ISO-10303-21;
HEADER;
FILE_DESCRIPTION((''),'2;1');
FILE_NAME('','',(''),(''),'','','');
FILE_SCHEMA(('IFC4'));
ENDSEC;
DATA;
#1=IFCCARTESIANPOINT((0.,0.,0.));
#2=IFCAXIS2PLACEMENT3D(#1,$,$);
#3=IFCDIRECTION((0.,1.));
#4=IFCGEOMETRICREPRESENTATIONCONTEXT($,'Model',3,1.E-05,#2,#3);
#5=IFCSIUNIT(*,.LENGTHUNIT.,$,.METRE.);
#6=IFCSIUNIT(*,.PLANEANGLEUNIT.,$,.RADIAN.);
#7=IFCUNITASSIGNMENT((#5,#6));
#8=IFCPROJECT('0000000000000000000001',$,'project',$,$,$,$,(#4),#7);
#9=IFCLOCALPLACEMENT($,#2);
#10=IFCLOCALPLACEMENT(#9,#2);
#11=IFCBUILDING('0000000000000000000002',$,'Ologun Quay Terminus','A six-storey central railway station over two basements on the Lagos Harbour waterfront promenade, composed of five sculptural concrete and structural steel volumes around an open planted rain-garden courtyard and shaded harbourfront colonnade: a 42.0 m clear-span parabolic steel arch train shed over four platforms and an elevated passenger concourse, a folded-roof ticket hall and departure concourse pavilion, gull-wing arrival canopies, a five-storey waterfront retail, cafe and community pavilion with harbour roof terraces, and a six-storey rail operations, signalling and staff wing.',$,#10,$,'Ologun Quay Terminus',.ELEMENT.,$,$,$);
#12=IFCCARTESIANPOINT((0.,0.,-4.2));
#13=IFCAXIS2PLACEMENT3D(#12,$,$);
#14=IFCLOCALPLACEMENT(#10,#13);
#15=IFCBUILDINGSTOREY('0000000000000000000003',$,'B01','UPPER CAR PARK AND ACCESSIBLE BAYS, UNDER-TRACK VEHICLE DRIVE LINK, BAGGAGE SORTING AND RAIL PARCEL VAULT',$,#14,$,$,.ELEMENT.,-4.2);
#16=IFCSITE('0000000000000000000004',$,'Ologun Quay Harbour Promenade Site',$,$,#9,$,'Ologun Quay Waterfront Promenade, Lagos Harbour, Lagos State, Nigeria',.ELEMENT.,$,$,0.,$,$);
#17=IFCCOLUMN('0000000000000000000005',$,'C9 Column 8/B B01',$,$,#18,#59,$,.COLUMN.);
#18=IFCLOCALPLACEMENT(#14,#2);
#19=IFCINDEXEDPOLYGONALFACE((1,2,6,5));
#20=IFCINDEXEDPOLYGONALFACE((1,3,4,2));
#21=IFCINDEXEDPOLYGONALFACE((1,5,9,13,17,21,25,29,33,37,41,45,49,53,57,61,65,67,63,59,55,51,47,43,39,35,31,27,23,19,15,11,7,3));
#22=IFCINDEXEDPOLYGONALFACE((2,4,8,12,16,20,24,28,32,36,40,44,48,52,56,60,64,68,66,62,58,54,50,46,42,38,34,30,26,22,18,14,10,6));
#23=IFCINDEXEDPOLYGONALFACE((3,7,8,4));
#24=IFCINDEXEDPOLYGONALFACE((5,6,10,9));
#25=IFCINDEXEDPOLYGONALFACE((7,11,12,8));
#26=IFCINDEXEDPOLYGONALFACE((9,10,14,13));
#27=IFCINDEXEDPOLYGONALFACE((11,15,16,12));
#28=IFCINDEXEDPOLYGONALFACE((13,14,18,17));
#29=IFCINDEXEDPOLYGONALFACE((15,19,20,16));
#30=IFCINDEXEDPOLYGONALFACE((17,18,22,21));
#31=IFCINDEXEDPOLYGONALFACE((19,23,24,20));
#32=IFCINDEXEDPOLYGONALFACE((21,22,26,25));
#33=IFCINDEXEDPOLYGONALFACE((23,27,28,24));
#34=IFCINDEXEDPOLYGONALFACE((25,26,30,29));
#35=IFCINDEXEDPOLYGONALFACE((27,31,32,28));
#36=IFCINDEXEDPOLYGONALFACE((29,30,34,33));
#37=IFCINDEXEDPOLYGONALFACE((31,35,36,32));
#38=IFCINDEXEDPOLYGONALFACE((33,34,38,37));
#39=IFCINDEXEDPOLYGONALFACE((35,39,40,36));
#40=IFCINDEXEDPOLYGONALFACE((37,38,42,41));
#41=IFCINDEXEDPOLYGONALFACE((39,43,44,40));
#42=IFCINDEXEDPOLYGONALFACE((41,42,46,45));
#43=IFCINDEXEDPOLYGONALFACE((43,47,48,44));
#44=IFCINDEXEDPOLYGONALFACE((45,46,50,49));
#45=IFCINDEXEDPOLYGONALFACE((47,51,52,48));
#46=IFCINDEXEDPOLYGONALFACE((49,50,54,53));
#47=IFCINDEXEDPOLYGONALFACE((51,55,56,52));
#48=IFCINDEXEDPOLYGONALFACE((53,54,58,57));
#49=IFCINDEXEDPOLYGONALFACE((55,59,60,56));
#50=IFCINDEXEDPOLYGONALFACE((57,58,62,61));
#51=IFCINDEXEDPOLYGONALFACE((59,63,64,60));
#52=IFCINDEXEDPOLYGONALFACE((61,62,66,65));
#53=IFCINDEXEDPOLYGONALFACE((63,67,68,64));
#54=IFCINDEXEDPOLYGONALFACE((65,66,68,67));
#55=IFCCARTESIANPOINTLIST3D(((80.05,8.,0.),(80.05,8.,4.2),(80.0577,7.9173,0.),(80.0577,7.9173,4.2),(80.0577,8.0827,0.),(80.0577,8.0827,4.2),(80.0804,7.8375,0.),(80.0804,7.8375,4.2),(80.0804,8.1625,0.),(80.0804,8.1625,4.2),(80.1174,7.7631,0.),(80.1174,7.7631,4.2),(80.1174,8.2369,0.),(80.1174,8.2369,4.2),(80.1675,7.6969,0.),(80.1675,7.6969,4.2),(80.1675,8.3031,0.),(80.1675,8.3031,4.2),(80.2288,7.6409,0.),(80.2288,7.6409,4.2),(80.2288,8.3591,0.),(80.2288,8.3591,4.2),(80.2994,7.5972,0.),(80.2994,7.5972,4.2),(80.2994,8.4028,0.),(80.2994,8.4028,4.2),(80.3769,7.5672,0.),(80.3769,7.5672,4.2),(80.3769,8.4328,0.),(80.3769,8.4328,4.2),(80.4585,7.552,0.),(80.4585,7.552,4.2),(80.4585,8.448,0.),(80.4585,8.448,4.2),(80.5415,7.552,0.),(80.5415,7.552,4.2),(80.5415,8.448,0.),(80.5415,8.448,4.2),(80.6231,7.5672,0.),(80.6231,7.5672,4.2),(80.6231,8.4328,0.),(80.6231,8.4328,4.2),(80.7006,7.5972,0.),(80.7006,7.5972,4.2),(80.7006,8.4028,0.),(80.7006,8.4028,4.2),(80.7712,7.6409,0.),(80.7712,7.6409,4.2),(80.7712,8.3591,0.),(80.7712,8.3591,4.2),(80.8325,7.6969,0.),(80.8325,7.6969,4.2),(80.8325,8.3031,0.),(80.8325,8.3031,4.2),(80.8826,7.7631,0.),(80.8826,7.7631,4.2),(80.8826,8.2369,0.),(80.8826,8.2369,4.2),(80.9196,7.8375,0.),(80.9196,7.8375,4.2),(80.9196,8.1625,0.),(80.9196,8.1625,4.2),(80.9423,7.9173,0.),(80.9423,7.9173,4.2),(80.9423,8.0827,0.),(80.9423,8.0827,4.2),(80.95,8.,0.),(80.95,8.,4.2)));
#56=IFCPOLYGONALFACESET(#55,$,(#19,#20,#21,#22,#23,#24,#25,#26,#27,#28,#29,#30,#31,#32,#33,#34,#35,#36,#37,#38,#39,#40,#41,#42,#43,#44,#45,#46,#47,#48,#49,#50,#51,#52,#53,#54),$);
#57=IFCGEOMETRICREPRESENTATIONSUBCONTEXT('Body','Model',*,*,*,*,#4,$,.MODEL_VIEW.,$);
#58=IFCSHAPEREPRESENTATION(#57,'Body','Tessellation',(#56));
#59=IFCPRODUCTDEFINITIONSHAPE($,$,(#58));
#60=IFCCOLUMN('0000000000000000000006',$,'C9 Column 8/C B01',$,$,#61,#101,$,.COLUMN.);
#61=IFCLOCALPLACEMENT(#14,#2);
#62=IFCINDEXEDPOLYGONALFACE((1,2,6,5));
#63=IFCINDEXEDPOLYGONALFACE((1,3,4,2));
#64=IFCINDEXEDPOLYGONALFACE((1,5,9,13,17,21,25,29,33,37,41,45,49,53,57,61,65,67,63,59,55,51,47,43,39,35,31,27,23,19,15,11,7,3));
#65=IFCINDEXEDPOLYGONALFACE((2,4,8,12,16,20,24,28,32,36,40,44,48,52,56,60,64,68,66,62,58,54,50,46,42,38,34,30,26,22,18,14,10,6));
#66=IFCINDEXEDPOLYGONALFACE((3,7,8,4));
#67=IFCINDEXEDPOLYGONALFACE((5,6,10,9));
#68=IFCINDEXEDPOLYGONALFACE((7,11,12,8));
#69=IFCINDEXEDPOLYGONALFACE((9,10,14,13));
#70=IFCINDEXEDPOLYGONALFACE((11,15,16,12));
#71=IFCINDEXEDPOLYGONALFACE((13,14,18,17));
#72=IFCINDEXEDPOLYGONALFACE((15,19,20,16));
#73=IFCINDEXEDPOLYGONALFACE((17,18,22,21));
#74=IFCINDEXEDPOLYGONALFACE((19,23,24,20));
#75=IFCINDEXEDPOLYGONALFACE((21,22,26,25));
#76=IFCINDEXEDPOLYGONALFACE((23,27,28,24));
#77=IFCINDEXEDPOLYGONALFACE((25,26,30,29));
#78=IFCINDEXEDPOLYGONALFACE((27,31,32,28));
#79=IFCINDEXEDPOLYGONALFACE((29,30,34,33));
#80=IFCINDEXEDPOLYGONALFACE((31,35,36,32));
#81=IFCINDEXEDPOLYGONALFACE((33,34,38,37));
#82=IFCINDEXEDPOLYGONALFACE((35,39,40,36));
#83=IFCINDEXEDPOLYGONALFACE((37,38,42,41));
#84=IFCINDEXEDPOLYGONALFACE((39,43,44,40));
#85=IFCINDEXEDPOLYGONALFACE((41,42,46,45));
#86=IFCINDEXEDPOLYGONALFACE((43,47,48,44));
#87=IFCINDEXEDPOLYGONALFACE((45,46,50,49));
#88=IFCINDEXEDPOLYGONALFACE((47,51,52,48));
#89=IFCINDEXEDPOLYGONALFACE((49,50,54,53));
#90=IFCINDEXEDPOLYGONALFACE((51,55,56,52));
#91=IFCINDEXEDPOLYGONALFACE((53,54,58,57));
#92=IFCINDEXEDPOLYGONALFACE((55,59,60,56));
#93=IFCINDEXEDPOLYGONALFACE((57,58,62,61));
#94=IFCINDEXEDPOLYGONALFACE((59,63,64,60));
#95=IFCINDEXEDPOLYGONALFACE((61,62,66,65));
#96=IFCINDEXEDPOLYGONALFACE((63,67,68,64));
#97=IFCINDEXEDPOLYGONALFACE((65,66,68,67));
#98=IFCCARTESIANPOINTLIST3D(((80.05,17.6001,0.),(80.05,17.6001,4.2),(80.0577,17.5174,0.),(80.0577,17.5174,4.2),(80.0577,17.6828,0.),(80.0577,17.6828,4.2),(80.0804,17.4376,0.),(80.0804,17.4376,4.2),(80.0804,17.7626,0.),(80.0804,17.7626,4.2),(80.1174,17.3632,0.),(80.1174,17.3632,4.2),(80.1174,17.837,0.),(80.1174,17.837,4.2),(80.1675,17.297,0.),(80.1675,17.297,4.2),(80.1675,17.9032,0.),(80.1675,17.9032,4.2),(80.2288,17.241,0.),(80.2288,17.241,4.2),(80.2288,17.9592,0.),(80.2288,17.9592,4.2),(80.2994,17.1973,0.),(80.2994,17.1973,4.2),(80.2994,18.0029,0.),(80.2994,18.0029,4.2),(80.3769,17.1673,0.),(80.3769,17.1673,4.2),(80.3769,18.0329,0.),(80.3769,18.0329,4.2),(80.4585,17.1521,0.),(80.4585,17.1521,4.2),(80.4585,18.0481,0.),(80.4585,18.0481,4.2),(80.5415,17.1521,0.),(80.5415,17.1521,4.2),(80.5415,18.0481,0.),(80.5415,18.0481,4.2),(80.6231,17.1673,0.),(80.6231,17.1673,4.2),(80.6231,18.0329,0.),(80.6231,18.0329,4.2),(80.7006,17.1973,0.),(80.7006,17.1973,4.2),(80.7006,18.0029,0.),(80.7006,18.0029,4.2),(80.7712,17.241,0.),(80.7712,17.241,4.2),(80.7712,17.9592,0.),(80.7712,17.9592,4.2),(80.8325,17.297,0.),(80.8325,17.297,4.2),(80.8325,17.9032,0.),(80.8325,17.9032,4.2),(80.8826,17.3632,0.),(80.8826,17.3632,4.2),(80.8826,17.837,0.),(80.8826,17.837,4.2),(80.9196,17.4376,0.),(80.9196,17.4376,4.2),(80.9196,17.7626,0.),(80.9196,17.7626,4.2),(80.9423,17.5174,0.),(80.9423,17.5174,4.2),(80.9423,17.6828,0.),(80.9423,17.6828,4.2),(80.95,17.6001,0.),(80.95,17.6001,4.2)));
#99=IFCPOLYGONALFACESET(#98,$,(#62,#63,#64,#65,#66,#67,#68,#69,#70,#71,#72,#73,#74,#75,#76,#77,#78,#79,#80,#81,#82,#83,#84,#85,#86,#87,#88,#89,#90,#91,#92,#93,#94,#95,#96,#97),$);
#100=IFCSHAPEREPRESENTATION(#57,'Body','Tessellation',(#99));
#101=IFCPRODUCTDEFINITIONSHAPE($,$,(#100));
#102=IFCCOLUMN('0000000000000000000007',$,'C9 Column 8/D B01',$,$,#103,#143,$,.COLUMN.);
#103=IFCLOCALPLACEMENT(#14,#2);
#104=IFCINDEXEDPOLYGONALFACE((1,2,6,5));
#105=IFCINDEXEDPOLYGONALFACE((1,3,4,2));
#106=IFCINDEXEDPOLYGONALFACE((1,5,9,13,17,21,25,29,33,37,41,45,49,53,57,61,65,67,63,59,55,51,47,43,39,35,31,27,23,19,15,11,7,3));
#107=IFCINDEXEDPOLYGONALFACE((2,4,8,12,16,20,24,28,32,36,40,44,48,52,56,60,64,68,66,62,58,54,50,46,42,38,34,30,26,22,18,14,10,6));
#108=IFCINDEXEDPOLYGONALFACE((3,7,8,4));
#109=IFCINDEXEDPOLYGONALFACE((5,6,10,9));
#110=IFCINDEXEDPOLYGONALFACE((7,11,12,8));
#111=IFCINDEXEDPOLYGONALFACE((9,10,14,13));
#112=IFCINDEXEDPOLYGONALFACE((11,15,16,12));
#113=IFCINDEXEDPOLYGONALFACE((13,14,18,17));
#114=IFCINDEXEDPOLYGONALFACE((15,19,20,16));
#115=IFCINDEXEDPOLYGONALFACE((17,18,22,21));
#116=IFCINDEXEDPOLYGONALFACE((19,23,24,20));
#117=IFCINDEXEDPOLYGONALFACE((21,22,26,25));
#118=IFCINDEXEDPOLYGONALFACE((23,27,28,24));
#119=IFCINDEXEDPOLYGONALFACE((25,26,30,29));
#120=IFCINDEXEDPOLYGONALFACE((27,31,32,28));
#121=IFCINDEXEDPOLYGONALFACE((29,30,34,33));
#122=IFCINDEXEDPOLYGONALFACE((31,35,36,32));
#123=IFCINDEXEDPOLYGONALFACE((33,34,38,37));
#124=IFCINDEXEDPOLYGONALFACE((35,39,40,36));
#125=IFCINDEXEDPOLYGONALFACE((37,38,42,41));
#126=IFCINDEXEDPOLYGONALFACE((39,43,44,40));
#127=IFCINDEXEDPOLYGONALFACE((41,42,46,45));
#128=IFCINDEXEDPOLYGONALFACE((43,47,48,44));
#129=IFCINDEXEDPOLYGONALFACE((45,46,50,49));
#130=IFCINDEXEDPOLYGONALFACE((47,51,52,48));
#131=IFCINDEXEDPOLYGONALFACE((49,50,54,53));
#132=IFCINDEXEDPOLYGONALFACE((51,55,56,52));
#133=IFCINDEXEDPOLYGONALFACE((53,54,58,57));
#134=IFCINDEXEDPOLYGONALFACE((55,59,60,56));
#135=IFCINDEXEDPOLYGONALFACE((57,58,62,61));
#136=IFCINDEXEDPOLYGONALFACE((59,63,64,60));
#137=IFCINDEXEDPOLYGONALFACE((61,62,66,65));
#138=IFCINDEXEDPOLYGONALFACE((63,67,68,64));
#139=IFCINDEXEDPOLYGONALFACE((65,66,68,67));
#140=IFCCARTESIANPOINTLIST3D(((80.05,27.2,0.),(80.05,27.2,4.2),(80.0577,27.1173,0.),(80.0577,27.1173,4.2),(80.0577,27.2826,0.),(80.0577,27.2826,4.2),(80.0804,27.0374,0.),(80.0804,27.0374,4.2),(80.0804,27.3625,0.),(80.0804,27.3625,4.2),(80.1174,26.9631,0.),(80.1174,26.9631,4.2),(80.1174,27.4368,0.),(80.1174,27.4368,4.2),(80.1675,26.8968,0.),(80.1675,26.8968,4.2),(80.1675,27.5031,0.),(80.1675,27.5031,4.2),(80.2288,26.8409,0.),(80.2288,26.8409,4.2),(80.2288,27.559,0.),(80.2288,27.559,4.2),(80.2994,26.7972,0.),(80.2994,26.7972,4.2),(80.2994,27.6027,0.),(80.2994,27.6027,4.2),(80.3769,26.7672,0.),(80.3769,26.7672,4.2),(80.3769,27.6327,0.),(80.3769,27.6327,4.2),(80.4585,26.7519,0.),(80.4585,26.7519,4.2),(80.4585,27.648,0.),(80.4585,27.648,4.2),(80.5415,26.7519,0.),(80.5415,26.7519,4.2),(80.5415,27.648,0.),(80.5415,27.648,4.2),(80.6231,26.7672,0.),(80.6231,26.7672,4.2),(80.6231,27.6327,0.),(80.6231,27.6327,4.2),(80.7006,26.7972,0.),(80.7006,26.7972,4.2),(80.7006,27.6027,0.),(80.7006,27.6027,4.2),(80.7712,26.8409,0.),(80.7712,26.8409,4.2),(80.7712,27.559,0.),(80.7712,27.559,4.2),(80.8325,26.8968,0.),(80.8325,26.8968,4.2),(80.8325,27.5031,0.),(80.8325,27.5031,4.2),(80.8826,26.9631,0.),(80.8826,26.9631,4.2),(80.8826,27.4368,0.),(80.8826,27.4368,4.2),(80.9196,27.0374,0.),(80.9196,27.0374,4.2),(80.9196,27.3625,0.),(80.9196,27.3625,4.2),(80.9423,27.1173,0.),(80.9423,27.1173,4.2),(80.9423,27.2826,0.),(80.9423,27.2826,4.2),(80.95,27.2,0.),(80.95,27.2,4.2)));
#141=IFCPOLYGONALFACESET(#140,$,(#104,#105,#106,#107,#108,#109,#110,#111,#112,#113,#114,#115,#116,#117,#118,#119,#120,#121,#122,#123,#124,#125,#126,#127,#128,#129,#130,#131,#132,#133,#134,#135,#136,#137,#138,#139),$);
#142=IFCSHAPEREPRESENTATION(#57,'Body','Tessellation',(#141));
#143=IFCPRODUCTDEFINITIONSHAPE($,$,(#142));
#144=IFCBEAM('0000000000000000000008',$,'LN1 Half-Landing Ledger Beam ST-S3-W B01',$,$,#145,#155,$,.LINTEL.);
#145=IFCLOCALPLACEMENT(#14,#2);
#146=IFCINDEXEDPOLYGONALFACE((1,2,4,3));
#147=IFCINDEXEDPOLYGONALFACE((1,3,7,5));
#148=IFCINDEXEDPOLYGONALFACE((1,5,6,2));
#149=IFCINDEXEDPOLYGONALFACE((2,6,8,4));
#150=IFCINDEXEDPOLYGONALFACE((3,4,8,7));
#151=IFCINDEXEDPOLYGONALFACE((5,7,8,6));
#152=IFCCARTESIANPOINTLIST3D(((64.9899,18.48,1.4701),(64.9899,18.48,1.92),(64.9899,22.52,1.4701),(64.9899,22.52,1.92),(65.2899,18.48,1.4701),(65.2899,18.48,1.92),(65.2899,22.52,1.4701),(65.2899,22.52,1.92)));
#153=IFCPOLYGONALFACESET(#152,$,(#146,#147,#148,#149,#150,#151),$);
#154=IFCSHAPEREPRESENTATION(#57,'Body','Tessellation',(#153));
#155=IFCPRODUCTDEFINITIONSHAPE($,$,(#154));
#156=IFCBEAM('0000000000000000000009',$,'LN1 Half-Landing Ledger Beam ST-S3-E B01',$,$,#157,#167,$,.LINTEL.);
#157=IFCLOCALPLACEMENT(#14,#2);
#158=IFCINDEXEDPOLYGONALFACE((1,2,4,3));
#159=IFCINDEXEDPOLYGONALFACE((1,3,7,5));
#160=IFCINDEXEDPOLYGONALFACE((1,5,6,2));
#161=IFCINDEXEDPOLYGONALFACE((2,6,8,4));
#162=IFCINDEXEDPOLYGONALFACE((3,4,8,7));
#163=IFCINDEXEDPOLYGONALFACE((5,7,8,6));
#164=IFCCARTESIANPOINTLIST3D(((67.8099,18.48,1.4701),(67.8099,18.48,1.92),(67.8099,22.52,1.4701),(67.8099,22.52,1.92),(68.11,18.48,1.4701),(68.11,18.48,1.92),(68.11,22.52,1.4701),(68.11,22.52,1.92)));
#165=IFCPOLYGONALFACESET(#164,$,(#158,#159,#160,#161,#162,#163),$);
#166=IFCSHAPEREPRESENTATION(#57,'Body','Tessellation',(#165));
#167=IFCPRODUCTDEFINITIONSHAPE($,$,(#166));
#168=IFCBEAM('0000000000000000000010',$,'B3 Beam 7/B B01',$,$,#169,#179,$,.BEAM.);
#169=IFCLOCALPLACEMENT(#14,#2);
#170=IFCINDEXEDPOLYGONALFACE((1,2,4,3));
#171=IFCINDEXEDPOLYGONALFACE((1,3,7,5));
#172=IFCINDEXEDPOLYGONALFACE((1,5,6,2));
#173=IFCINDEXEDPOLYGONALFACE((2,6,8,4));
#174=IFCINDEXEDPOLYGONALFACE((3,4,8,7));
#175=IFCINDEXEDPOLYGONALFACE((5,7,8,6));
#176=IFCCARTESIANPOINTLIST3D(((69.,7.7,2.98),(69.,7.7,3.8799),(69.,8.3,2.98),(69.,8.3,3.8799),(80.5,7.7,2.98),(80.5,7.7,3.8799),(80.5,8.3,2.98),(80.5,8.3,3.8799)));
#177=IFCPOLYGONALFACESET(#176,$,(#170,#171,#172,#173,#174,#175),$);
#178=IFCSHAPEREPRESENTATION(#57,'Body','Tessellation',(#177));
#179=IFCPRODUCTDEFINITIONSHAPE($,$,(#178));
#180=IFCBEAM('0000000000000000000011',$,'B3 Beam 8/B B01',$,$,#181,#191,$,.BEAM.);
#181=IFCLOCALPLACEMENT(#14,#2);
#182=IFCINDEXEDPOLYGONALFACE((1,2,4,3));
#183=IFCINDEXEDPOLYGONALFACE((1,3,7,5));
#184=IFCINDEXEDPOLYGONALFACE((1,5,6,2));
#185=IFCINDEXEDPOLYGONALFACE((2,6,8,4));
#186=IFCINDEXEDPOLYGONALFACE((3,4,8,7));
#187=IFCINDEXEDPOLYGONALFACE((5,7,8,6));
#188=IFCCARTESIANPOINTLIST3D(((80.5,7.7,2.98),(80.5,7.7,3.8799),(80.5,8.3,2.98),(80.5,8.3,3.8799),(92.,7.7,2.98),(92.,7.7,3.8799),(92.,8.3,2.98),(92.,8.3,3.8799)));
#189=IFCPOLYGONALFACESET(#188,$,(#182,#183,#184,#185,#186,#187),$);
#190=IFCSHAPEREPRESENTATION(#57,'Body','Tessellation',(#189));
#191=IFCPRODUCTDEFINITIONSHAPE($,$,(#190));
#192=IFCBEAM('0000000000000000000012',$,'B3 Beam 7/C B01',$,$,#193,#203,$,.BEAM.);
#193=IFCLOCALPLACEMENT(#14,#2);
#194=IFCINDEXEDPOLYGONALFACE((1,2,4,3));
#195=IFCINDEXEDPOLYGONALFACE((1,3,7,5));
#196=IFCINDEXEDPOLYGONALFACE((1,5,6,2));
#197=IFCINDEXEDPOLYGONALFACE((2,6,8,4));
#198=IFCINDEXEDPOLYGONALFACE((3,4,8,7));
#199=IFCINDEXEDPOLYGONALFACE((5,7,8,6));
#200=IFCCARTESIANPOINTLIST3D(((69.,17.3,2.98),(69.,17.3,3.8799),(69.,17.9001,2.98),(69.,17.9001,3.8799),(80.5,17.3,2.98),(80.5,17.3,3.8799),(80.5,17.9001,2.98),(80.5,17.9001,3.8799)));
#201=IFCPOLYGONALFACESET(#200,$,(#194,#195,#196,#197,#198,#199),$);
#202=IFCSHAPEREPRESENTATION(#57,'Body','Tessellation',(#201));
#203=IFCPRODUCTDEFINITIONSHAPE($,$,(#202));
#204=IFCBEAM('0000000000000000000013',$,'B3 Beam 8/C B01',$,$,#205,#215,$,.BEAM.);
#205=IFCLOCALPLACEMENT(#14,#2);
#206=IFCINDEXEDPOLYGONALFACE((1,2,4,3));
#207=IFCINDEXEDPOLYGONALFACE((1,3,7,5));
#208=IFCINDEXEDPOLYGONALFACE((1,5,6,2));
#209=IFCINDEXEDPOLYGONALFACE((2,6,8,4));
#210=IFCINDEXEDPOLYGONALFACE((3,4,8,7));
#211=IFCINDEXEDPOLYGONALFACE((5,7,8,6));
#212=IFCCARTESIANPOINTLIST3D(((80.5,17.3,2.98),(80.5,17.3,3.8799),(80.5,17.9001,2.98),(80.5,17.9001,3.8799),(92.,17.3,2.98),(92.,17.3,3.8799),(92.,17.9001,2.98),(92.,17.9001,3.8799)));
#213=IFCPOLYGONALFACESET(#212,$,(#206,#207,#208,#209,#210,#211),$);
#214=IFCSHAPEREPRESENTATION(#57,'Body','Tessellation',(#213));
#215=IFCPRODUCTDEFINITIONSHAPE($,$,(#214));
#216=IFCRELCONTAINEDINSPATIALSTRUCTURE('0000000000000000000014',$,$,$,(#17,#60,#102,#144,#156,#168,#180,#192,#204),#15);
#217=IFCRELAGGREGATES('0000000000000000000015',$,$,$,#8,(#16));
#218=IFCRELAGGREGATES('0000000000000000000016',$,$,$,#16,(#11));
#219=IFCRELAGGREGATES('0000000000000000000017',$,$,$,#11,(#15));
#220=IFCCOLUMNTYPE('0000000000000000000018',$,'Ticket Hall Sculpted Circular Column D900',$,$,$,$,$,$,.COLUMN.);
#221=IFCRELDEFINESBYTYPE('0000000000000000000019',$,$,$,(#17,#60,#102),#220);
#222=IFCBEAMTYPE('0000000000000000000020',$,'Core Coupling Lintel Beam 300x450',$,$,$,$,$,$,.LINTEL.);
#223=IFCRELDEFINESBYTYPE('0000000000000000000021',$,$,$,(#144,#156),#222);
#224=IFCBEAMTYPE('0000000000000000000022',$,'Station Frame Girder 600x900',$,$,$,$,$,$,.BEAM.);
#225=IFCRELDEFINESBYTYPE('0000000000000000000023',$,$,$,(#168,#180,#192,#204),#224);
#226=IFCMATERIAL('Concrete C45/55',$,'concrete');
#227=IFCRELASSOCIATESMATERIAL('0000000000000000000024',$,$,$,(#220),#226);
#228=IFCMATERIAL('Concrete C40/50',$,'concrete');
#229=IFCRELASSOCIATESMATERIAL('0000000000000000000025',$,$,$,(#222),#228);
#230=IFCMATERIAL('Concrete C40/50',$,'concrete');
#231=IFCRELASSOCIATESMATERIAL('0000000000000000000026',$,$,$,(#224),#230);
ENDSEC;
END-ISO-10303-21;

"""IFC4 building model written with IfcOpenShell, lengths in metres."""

from ifc_helpers import new_model, si_unit, direction, frame, origin, origin_2d, place, context, subcontext, project, spatial, rectangle, circle, extrude, material, material_profile, profile_set, type_object, element, save


model = new_model("IFC4")

# Units and contexts
model_context = context("Model", 3, precision=1e-05, world=origin(), true_north=direction((0.0, 1.0)))
body_context = subcontext(model_context, "Body", "Model", "MODEL_VIEW")
ifc_project = project(units=[si_unit("LENGTHUNIT", "METRE"), si_unit("PLANEANGLEUNIT", "RADIAN")], contexts=[model_context])

# Site, building, storey
site_placement = place(None, origin())
site = spatial("IfcSite", under=ifc_project, at=site_placement, Name="Ologun Quay Harbour Promenade Site", LongName="Ologun Quay Waterfront Promenade, Lagos Harbour, Lagos State, Nigeria", CompositionType="ELEMENT", RefElevation=0.0)
building_placement = place(site_placement, origin())
building = spatial("IfcBuilding", under=site, at=building_placement, Name="Ologun Quay Terminus", Description="A six-storey central railway station over two basements on the Lagos Harbour waterfront promenade, composed of five sculptural concrete and structural steel volumes around an open planted rain-garden courtyard and shaded harbourfront colonnade: a 42.0 m clear-span parabolic steel arch train shed over four platforms and an elevated passenger concourse, a folded-roof ticket hall and departure concourse pavilion, gull-wing arrival canopies, a five-storey waterfront retail, cafe and community pavilion with harbour roof terraces, and a six-storey rail operations, signalling and staff wing.", LongName="Ologun Quay Terminus", CompositionType="ELEMENT")
storey_placement = place(building_placement, frame((0.0, 0.0, -4.2)))
storey = spatial("IfcBuildingStorey", under=building, at=storey_placement, Name="B01", Description="UPPER CAR PARK AND ACCESSIBLE BAYS, UNDER-TRACK VEHICLE DRIVE LINK, BAGGAGE SORTING AND RAIL PARCEL VAULT", CompositionType="ELEMENT", Elevation=-4.2)

# Columns
ifc_material_1 = material(Name="Concrete C45/55", Category="concrete")
ifc_material_profile_1 = material_profile(ifc_material_1, circle(Radius=0.45, at=origin_2d()), Name="RC D900")
ifc_profile_set_1 = profile_set([ifc_material_profile_1], Name="Concrete C45/55")
column_type_1 = type_object("IfcColumnType", Name="Ticket Hall Sculpted Circular Column D900", PredefinedType="COLUMN", material=ifc_profile_set_1)
for number, where, z_axis, x_axis, name in (
    (1, (80.5, 8.0, 0.0), (0.0, 0.0, 1.0), (1.0, 0.0, 0.0), "C9 Column 8/B B01"),
    (2, (80.5, 17.6001, 0.0), (0.0, 0.0, 1.0), (1.0, 0.0, 0.0), "C9 Column 8/C B01"),
    (3, (80.5, 27.2, 0.0), (0.0, 0.0, 1.0), (1.0, 0.0, 0.0), "C9 Column 8/D B01"),
):
    element("IfcColumn", number, at=place(storey_placement, frame(where, z_axis=z_axis, x_axis=x_axis)), inside=storey, type_object=column_type_1, Name=name, PredefinedType="COLUMN", context=body_context, shape_type="SweptSolid", body=[
        extrude(circle(Radius=0.45, at=origin_2d()), origin(), (0.0, 0.0, 1.0), 4.2),
    ])

# Beams
ifc_material_2 = material(Name="Concrete C40/50", Category="concrete")
ifc_material_profile_2 = material_profile(ifc_material_2, rectangle(XDim=0.3, YDim=0.45, at=origin_2d()), Name="RC 300x450")
ifc_profile_set_2 = profile_set([ifc_material_profile_2], Name="Concrete C40/50")
beam_type_1 = type_object("IfcBeamType", Name="Core Coupling Lintel Beam 300x450", PredefinedType="LINTEL", material=ifc_profile_set_2)
for number, where, z_axis, x_axis, name in (
    (4, (65.1399, 18.48, 1.6951), (0.0, 1.0, 0.0), (-1.0, 0.0, 0.0), "LN1 Half-Landing Ledger Beam ST-S3-W B01"),
    (5, (67.96, 18.48, 1.6951), (0.0, 1.0, 0.0), (-1.0, 0.0, 0.0), "LN1 Half-Landing Ledger Beam ST-S3-E B01"),
):
    element("IfcBeam", number, at=place(storey_placement, frame(where, z_axis=z_axis, x_axis=x_axis)), inside=storey, type_object=beam_type_1, Name=name, PredefinedType="LINTEL", context=body_context, shape_type="SweptSolid", body=[
        extrude(rectangle(XDim=0.3, YDim=0.45, at=origin_2d()), origin(), (0.0, 0.0, 1.0), 4.04),
    ])
ifc_material_3 = material(Name="Concrete C40/50", Category="concrete")
ifc_material_profile_3 = material_profile(ifc_material_3, rectangle(XDim=0.6001, YDim=0.8999, at=origin_2d()), Name="RC 600x900")
ifc_profile_set_3 = profile_set([ifc_material_profile_3], Name="Concrete C40/50")
beam_type_2 = type_object("IfcBeamType", Name="Station Frame Girder 600x900", PredefinedType="BEAM", material=ifc_profile_set_3)
for number, where, z_axis, x_axis, name in (
    (6, (69.0, 8.0, 3.4299), (1.0, 0.0, 0.0), (0.0, 1.0, 0.0), "B3 Beam 7/B B01"),
    (7, (80.5, 8.0, 3.4299), (1.0, 0.0, 0.0), (0.0, 1.0, 0.0), "B3 Beam 8/B B01"),
    (8, (69.0, 17.6001, 3.4299), (1.0, 0.0, 0.0), (0.0, 1.0, 0.0), "B3 Beam 7/C B01"),
    (9, (80.5, 17.6001, 3.4299), (1.0, 0.0, 0.0), (0.0, 1.0, 0.0), "B3 Beam 8/C B01"),
):
    element("IfcBeam", number, at=place(storey_placement, frame(where, z_axis=z_axis, x_axis=x_axis)), inside=storey, type_object=beam_type_2, Name=name, PredefinedType="BEAM", context=body_context, shape_type="SweptSolid", body=[
        extrude(rectangle(XDim=0.6001, YDim=0.8999, at=origin_2d()), origin(), (0.0, 0.0, 1.0), 11.5),
    ])

save(model, "model.ifc")
